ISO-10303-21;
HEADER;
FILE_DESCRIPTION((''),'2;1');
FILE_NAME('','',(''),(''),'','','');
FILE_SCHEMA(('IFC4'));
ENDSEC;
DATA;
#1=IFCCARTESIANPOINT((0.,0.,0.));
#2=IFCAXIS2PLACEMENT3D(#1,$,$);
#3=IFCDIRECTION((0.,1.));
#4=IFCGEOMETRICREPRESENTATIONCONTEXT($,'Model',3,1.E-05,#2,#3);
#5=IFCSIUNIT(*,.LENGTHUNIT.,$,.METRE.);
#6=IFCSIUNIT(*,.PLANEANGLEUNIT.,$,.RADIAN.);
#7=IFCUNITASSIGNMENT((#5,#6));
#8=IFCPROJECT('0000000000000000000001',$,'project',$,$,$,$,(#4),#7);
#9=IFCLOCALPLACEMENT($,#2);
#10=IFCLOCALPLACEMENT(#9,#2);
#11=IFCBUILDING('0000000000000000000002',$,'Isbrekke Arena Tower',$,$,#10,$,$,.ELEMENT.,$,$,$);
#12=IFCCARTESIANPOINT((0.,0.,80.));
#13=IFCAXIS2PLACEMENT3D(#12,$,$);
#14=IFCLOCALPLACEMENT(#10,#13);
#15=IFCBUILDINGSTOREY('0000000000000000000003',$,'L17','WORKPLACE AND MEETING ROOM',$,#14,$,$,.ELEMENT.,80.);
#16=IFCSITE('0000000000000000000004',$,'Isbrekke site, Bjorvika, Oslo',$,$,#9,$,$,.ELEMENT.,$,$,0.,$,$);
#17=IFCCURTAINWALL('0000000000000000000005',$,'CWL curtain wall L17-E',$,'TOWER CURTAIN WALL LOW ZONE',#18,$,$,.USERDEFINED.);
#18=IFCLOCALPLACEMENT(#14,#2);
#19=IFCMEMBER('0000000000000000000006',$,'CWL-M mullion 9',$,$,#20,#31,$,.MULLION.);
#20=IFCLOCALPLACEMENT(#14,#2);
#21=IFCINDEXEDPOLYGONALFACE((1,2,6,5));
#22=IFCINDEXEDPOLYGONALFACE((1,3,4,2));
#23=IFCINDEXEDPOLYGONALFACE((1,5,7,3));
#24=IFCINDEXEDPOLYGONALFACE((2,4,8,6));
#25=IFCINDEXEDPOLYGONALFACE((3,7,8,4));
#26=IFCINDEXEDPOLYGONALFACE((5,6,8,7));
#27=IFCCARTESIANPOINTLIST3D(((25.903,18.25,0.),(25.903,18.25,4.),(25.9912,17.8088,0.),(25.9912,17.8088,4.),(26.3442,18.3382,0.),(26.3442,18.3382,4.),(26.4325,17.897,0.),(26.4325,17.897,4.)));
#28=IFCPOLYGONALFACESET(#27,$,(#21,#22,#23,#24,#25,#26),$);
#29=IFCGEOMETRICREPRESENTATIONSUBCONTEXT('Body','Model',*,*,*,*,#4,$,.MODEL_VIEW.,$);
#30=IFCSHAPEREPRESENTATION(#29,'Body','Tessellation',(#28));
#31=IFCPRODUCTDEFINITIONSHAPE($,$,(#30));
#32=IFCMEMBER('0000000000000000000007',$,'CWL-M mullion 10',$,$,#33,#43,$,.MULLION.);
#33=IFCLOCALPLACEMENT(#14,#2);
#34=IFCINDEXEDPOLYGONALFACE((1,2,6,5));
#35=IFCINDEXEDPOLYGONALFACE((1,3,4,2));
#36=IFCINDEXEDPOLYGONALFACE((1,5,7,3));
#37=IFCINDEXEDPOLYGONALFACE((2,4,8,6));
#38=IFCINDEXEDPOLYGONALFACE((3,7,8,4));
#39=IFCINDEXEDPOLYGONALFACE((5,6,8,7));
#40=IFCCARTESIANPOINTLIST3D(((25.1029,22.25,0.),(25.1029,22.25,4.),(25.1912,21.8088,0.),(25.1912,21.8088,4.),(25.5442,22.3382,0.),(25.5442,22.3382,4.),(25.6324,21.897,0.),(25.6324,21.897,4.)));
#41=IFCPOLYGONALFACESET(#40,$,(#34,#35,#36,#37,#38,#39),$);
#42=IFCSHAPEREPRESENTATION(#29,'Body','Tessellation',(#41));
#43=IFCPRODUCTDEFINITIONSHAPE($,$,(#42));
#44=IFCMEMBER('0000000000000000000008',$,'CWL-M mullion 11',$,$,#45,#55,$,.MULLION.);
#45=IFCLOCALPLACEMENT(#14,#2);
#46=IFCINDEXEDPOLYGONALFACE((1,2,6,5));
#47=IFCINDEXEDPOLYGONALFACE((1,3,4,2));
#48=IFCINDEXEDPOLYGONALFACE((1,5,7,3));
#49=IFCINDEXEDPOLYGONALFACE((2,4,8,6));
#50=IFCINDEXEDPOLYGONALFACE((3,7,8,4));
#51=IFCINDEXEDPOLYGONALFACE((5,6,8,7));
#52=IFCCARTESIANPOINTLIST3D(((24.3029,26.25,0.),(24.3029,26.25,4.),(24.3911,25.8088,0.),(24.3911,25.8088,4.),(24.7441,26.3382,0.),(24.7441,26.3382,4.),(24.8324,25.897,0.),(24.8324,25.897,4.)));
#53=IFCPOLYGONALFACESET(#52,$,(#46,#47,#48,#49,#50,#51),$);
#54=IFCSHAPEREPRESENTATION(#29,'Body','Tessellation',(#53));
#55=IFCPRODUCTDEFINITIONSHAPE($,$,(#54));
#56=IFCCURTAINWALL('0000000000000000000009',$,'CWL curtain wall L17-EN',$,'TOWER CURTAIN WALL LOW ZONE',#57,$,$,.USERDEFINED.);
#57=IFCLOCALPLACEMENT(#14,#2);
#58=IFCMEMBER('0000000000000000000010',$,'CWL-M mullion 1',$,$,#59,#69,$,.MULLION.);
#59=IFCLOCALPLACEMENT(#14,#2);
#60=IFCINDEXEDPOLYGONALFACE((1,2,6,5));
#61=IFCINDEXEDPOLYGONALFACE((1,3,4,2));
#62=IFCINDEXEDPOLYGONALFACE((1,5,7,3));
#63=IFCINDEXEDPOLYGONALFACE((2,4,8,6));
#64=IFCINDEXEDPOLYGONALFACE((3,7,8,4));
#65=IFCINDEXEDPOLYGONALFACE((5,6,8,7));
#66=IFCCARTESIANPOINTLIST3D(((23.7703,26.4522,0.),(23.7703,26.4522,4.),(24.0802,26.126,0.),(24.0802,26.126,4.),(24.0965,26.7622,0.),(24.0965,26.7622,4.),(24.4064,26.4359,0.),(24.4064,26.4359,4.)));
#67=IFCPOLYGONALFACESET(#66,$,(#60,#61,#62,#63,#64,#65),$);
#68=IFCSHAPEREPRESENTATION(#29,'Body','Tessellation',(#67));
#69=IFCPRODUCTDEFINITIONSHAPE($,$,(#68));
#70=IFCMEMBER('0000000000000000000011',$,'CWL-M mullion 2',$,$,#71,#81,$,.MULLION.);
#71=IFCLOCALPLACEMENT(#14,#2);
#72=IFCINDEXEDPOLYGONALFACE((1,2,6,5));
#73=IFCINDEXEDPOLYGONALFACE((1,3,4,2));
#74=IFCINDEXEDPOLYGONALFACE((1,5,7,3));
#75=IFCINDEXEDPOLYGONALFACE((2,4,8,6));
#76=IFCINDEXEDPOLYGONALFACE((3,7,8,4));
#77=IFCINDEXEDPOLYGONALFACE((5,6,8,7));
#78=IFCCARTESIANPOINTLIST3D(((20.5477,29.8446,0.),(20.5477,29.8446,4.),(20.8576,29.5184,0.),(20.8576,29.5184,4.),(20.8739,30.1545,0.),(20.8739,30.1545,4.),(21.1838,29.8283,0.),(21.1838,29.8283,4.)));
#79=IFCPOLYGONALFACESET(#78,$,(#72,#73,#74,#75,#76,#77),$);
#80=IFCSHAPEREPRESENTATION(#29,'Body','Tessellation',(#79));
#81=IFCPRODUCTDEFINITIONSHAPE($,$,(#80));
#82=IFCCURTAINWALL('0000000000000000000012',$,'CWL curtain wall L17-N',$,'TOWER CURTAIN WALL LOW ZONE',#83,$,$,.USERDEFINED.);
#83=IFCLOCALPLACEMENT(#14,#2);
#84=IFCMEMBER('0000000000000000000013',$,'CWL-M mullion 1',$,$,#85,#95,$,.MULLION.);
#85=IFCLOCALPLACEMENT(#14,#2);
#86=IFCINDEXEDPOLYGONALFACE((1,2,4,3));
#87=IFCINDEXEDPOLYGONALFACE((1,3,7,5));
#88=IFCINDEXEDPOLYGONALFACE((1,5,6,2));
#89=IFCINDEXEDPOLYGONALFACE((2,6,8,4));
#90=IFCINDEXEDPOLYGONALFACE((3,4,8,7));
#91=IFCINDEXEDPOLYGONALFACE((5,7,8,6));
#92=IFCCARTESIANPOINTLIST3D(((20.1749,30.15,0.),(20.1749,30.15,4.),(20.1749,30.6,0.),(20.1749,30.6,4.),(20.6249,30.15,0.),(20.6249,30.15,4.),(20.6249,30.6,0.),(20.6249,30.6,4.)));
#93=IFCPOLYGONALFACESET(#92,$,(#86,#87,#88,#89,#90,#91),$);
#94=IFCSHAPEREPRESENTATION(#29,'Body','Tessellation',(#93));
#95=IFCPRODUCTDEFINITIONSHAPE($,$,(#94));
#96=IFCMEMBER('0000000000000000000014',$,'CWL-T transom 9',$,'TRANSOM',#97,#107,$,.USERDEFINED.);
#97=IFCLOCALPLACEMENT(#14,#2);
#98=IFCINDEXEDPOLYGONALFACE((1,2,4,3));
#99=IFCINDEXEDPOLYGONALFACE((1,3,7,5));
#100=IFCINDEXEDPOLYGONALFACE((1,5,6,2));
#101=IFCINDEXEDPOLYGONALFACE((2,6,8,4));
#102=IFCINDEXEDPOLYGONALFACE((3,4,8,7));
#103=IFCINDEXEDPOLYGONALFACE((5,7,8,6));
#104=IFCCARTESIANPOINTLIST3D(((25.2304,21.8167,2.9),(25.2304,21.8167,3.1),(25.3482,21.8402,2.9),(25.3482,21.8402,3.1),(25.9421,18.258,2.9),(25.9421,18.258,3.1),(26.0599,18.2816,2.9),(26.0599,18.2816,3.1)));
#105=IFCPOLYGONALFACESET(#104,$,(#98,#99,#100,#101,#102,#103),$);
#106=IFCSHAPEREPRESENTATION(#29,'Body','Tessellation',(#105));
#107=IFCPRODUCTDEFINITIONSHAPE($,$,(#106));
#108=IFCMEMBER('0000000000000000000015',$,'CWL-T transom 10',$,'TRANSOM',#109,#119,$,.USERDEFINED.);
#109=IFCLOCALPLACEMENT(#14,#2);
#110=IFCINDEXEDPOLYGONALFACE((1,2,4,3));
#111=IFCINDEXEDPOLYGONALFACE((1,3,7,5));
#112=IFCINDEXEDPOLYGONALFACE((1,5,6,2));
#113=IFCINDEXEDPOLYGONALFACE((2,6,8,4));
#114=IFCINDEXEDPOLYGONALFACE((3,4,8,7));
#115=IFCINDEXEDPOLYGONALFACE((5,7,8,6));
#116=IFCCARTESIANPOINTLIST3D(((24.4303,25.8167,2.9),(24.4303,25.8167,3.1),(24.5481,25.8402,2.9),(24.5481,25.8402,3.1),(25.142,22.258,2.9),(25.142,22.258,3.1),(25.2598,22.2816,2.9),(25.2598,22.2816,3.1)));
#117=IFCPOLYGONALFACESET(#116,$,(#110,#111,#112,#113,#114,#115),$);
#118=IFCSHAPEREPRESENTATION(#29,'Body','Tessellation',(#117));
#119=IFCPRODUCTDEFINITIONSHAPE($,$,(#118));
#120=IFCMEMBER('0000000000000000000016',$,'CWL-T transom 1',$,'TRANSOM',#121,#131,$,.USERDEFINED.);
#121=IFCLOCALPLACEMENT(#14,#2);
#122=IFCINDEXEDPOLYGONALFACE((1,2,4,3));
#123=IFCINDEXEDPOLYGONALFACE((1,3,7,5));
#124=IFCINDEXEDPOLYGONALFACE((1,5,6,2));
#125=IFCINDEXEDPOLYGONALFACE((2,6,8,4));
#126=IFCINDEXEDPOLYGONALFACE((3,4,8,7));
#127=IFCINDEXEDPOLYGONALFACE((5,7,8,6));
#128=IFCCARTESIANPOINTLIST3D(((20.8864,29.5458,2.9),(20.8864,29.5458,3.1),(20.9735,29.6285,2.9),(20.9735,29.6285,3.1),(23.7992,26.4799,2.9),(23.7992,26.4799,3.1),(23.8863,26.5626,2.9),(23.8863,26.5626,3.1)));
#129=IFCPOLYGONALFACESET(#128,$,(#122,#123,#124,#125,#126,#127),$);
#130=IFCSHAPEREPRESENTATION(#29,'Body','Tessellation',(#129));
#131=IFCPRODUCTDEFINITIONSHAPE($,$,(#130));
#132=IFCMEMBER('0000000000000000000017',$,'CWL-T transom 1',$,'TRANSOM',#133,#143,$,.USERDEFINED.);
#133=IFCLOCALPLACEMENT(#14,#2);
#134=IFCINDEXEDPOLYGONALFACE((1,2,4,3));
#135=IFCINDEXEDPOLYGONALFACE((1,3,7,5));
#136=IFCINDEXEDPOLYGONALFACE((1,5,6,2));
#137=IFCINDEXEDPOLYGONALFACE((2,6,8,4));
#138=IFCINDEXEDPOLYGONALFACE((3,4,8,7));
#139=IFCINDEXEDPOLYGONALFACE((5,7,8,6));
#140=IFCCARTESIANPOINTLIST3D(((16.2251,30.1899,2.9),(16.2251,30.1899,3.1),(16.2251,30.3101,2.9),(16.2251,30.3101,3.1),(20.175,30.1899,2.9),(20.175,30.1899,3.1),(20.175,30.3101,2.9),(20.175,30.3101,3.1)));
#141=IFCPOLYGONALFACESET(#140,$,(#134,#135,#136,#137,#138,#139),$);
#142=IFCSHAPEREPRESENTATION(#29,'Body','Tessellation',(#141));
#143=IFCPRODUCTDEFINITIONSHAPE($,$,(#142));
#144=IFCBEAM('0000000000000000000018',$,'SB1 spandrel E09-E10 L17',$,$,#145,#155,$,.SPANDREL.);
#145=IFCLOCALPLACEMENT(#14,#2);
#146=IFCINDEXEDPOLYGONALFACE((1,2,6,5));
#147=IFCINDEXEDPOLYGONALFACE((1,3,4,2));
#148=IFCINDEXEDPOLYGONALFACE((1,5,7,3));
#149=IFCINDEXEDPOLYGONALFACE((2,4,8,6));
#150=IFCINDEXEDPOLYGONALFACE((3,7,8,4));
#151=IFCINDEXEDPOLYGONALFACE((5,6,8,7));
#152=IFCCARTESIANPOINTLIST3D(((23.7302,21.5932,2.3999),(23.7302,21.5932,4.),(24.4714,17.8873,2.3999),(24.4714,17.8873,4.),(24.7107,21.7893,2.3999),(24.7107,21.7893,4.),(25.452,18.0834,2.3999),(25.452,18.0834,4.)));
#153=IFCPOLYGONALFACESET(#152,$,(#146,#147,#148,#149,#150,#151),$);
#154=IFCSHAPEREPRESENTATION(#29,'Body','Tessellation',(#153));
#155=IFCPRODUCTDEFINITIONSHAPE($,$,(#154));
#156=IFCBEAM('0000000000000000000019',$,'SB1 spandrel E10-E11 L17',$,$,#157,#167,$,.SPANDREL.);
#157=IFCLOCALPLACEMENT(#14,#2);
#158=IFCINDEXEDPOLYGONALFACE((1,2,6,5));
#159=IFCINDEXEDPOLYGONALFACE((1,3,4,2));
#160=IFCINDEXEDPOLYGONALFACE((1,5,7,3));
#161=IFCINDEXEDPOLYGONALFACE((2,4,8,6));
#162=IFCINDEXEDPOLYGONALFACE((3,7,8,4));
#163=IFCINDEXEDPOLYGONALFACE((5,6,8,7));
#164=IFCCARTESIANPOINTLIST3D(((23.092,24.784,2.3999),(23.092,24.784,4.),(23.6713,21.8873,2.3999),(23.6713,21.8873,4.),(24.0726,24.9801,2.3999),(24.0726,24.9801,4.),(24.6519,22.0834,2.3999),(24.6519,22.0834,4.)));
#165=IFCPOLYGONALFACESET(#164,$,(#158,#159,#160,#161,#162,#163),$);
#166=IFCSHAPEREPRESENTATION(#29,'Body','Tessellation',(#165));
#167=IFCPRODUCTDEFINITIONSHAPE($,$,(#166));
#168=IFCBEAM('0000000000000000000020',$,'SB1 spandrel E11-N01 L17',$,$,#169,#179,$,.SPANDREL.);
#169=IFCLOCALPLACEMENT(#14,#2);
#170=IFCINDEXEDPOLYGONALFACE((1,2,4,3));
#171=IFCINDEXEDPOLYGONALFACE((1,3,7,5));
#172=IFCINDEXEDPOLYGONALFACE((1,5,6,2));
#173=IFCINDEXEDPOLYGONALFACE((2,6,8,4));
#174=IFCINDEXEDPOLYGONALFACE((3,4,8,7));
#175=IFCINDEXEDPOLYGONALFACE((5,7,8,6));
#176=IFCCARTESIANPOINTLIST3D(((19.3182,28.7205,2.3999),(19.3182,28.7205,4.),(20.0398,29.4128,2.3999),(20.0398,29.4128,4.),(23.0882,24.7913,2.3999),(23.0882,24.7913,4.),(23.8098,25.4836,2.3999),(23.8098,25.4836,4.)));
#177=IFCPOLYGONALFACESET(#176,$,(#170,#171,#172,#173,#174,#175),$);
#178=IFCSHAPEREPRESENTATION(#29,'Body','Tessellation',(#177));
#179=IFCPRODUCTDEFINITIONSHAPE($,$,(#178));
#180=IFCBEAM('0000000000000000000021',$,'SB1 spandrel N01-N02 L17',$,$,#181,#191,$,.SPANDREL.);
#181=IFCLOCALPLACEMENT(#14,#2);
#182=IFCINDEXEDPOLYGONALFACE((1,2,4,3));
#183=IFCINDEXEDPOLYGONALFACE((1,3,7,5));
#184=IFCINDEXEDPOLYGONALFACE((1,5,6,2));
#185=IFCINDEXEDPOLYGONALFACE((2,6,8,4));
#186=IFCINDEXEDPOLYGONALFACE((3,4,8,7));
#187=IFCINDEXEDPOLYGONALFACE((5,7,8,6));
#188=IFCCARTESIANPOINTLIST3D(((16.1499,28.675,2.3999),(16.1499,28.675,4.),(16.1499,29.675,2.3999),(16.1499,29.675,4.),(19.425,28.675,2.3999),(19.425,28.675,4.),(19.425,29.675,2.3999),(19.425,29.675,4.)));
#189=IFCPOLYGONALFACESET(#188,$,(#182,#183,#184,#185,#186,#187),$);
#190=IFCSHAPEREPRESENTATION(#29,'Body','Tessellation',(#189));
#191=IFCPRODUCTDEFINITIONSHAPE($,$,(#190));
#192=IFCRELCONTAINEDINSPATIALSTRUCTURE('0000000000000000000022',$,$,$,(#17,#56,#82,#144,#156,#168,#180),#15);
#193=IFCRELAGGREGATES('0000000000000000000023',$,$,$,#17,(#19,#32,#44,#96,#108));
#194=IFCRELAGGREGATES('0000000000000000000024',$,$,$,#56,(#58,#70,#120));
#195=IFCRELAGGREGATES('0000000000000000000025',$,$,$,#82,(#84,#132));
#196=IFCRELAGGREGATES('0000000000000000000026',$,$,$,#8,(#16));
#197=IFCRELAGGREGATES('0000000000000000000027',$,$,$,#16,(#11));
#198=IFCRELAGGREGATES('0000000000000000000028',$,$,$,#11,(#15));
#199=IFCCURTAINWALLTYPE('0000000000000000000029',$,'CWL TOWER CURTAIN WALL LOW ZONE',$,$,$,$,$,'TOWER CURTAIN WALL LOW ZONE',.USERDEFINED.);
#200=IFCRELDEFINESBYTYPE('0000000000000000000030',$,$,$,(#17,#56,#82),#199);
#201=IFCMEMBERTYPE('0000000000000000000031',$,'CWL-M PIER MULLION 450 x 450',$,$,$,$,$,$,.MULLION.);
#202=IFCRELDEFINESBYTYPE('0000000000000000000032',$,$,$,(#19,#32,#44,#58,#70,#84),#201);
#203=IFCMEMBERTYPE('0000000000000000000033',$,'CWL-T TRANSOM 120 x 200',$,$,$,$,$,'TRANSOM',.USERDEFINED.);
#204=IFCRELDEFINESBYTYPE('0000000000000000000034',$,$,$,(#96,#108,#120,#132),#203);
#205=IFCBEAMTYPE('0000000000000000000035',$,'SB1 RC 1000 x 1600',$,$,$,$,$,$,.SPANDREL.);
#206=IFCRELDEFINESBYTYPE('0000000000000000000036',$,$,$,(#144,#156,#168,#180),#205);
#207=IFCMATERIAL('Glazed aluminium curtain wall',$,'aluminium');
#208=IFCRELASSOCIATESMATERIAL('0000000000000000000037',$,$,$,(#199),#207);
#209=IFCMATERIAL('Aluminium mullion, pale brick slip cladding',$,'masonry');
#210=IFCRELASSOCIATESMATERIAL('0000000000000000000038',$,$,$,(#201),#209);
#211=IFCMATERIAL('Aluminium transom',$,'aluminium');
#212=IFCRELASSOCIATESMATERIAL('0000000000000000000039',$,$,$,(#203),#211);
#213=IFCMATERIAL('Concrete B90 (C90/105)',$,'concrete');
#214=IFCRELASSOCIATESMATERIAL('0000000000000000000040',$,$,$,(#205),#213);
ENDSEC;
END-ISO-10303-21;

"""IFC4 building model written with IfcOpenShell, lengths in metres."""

from ifc_helpers import new_model, si_unit, direction, frame, origin, origin_2d, place, context, subcontext, project, spatial, rectangle, extrude, material, material_profile, profile_set, type_object, element, aggregate, save


model = new_model("IFC4")

# Units and contexts
model_context = context("Model", 3, precision=1e-05, world=origin(), true_north=direction((0.0, 1.0)))
body_context = subcontext(model_context, "Body", "Model", "MODEL_VIEW")
ifc_project = project(units=[si_unit("LENGTHUNIT", "METRE"), si_unit("PLANEANGLEUNIT", "RADIAN")], contexts=[model_context])

# Site, building, storey
site_placement = place(None, origin())
site = spatial("IfcSite", under=ifc_project, at=site_placement, Name="Isbrekke site, Bjorvika, Oslo", CompositionType="ELEMENT", RefElevation=0.0)
building_placement = place(site_placement, origin())
building = spatial("IfcBuilding", under=site, at=building_placement, Name="Isbrekke Arena Tower", CompositionType="ELEMENT")
storey_placement = place(building_placement, frame((0.0, 0.0, 80.0)))
storey = spatial("IfcBuildingStorey", under=building, at=storey_placement, Name="L17", Description="WORKPLACE AND MEETING ROOM", CompositionType="ELEMENT", Elevation=80.0)

# Curtain walls, members
ifc_material_1 = material(Name="Glazed aluminium curtain wall", Category="aluminium")
curtain_wall_type = type_object("IfcCurtainWallType", Name="CWL TOWER CURTAIN WALL LOW ZONE", ElementType="TOWER CURTAIN WALL LOW ZONE", PredefinedType="USERDEFINED", material=ifc_material_1)
curtain_wall_1_placement = place(storey_placement, origin())
curtain_wall_1 = element("IfcCurtainWall", 1, at=curtain_wall_1_placement, inside=storey, type_object=curtain_wall_type, Name="CWL curtain wall L17-E", ObjectType="TOWER CURTAIN WALL LOW ZONE", PredefinedType="USERDEFINED")
ifc_material_2 = material(Name="Aluminium mullion, pale brick slip cladding", Category="masonry")
ifc_material_profile_1 = material_profile(ifc_material_2, rectangle(XDim=0.45, YDim=0.45, at=origin_2d()), Name="PIER 450X450")
ifc_profile_set_1 = profile_set([ifc_material_profile_1], Name="Aluminium mullion, pale brick slip cladding")
member_type_1 = type_object("IfcMemberType", Name="CWL-M PIER MULLION 450 x 450", PredefinedType="MULLION", material=ifc_profile_set_1)
member_1_placement = place(storey_placement, frame((26.1677, 18.0735, 0.0), z_axis=(0.0, 0.0, 1.0), x_axis=(-0.196116, 0.980581, 0.0)))
member_1 = element("IfcMember", 2, at=member_1_placement, type_object=member_type_1, Name="CWL-M mullion 9", PredefinedType="MULLION", context=body_context, shape_type="SweptSolid", body=[
    extrude(rectangle(XDim=0.45, YDim=0.45, at=origin_2d()), origin(), (0.0, 0.0, 1.0), 4.0),
])
member_2_placement = place(storey_placement, frame((25.3677, 22.0735, 0.0), z_axis=(0.0, 0.0, 1.0), x_axis=(-0.196116, 0.980581, 0.0)))
member_2 = element("IfcMember", 3, at=member_2_placement, type_object=member_type_1, Name="CWL-M mullion 10", PredefinedType="MULLION", context=body_context, shape_type="SweptSolid", body=[
    extrude(rectangle(XDim=0.45, YDim=0.45, at=origin_2d()), origin(), (0.0, 0.0, 1.0), 4.0),
])
member_3_placement = place(storey_placement, frame((24.5676, 26.0735, 0.0), z_axis=(0.0, 0.0, 1.0), x_axis=(-0.196116, 0.980581, 0.0)))
member_3 = element("IfcMember", 4, at=member_3_placement, type_object=member_type_1, Name="CWL-M mullion 11", PredefinedType="MULLION", context=body_context, shape_type="SweptSolid", body=[
    extrude(rectangle(XDim=0.45, YDim=0.45, at=origin_2d()), origin(), (0.0, 0.0, 1.0), 4.0),
])
curtain_wall_2_placement = place(storey_placement, origin())
curtain_wall_2 = element("IfcCurtainWall", 5, at=curtain_wall_2_placement, inside=storey, type_object=curtain_wall_type, Name="CWL curtain wall L17-EN", ObjectType="TOWER CURTAIN WALL LOW ZONE", PredefinedType="USERDEFINED")
member_4_placement = place(storey_placement, frame((24.0884, 26.4441, 0.0), z_axis=(0.0, 0.0, 1.0), x_axis=(-0.688749, 0.724999, 0.0)))
member_4 = element("IfcMember", 6, at=member_4_placement, type_object=member_type_1, Name="CWL-M mullion 1", PredefinedType="MULLION", context=body_context, shape_type="SweptSolid", body=[
    extrude(rectangle(XDim=0.45, YDim=0.45, at=origin_2d()), origin(), (0.0, 0.0, 1.0), 4.0),
])
member_5_placement = place(storey_placement, frame((20.8657, 29.8364, 0.0), z_axis=(0.0, 0.0, 1.0), x_axis=(-0.688749, 0.724999, 0.0)))
member_5 = element("IfcMember", 7, at=member_5_placement, type_object=member_type_1, Name="CWL-M mullion 2", PredefinedType="MULLION", context=body_context, shape_type="SweptSolid", body=[
    extrude(rectangle(XDim=0.45, YDim=0.45, at=origin_2d()), origin(), (0.0, 0.0, 1.0), 4.0),
])

# Curtain wall, member
curtain_wall_3_placement = place(storey_placement, origin())
curtain_wall_3 = element("IfcCurtainWall", 8, at=curtain_wall_3_placement, inside=storey, type_object=curtain_wall_type, Name="CWL curtain wall L17-N", ObjectType="TOWER CURTAIN WALL LOW ZONE", PredefinedType="USERDEFINED")
member_6_placement = place(storey_placement, frame((20.3999, 30.375, 0.0), z_axis=(0.0, 0.0, 1.0), x_axis=(-1.0, 0.0, 0.0)))
member_6 = element("IfcMember", 9, at=member_6_placement, type_object=member_type_1, Name="CWL-M mullion 1", PredefinedType="MULLION", context=body_context, shape_type="SweptSolid", body=[
    extrude(rectangle(XDim=0.45, YDim=0.45, at=origin_2d()), origin(), (0.0, 0.0, 1.0), 4.0),
])

# Members
ifc_material_3 = material(Name="Aluminium transom", Category="aluminium")
ifc_material_profile_2 = material_profile(ifc_material_3, rectangle(XDim=0.1201, YDim=0.2, at=origin_2d()), Name="TRANSOM 120X200")
ifc_profile_set_2 = profile_set([ifc_material_profile_2], Name="Aluminium transom")
member_type_2 = type_object("IfcMemberType", Name="CWL-T TRANSOM 120 x 200", ElementType="TRANSOM", PredefinedType="USERDEFINED", material=ifc_profile_set_2)
member_7_placement = place(storey_placement, frame((26.001, 18.2698, 3.0), z_axis=(-0.196103, 0.980583, 0.0), x_axis=(-0.980583, -0.196103, 0.0)))
member_7 = element("IfcMember", 10, at=member_7_placement, type_object=member_type_2, Name="CWL-T transom 9", ObjectType="TRANSOM", PredefinedType="USERDEFINED", context=body_context, shape_type="SweptSolid", body=[
    extrude(rectangle(XDim=0.1201, YDim=0.2, at=origin_2d()), origin(), (0.0, 0.0, 1.0), 3.6292),
])
member_8_placement = place(storey_placement, frame((25.2009, 22.2698, 3.0), z_axis=(-0.196103, 0.980583, 0.0), x_axis=(-0.980583, -0.196103, 0.0)))
member_8 = element("IfcMember", 11, at=member_8_placement, type_object=member_type_2, Name="CWL-T transom 10", ObjectType="TRANSOM", PredefinedType="USERDEFINED", context=body_context, shape_type="SweptSolid", body=[
    extrude(rectangle(XDim=0.1201, YDim=0.2, at=origin_2d()), origin(), (0.0, 0.0, 1.0), 3.6292),
])
member_9_placement = place(storey_placement, frame((23.8428, 26.5212, 3.0), z_axis=(-0.688777, 0.724973, 0.0), x_axis=(-0.724973, -0.688777, 0.0)))
member_9 = element("IfcMember", 12, at=member_9_placement, type_object=member_type_2, Name="CWL-T transom 1", ObjectType="TRANSOM", PredefinedType="USERDEFINED", context=body_context, shape_type="SweptSolid", body=[
    extrude(rectangle(XDim=0.1201, YDim=0.2, at=origin_2d()), origin(), (0.0, 0.0, 1.0), 4.229),
])
member_10_placement = place(storey_placement, frame((20.175, 30.25, 3.0), z_axis=(-1.0, 0.0, 0.0), x_axis=(0.0, -1.0, 0.0)))
member_10 = element("IfcMember", 13, at=member_10_placement, type_object=member_type_2, Name="CWL-T transom 1", ObjectType="TRANSOM", PredefinedType="USERDEFINED", context=body_context, shape_type="SweptSolid", body=[
    extrude(rectangle(XDim=0.1201, YDim=0.2, at=origin_2d()), origin(), (0.0, 0.0, 1.0), 3.95),
])

# Beams
ifc_material_4 = material(Name="Concrete B90 (C90/105)", Category="concrete")
ifc_material_profile_3 = material_profile(ifc_material_4, rectangle(XDim=1.0, YDim=1.6001, at=origin_2d()), Name="RC 1000x1600")
ifc_profile_set_3 = profile_set([ifc_material_profile_3], Name="Concrete B90 (C90/105)")
beam_type_1 = type_object("IfcBeamType", Name="SB1 RC 1000 x 1600", PredefinedType="SPANDREL", material=ifc_profile_set_3)
beam_1_placement = place(storey_placement, frame((24.9617, 17.9854, 3.2), z_axis=(-0.196129, 0.980578, 0.0), x_axis=(-0.980578, -0.196129, 0.0)))
element("IfcBeam", 14, at=beam_1_placement, inside=storey, type_object=beam_type_1, Name="SB1 spandrel E09-E10 L17", PredefinedType="SPANDREL", context=body_context, shape_type="SweptSolid", body=[
    extrude(rectangle(XDim=1.0, YDim=1.6001, at=origin_2d()), origin(), (0.0, 0.0, 1.0), 3.7793),
])
beam_2_placement = place(storey_placement, frame((24.1616, 21.9854, 3.2), z_axis=(-0.196116, 0.980581, 0.0), x_axis=(-0.980581, -0.196116, 0.0)))
element("IfcBeam", 15, at=beam_2_placement, inside=storey, type_object=beam_type_1, Name="SB1 spandrel E10-E11 L17", PredefinedType="SPANDREL", context=body_context, shape_type="SweptSolid", body=[
    extrude(rectangle(XDim=1.0, YDim=1.6001, at=origin_2d()), origin(), (0.0, 0.0, 1.0), 2.9541),
])
beam_3_placement = place(storey_placement, frame((23.449, 25.1375, 3.2), z_axis=(-0.69234, 0.721572, 0.0), x_axis=(-0.721572, -0.69234, 0.0)))
element("IfcBeam", 16, at=beam_3_placement, inside=storey, type_object=beam_type_1, Name="SB1 spandrel E11-N01 L17", PredefinedType="SPANDREL", context=body_context, shape_type="SweptSolid", body=[
    extrude(rectangle(XDim=1.0, YDim=1.6001, at=origin_2d()), origin(), (0.0, 0.0, 1.0), 5.4453),
])
beam_4_placement = place(storey_placement, frame((19.425, 29.175, 3.2), z_axis=(-1.0, 0.0, 0.0), x_axis=(0.0, -1.0, 0.0)))
element("IfcBeam", 17, at=beam_4_placement, inside=storey, type_object=beam_type_1, Name="SB1 spandrel N01-N02 L17", PredefinedType="SPANDREL", context=body_context, shape_type="SweptSolid", body=[
    extrude(rectangle(XDim=1.0, YDim=1.6001, at=origin_2d()), origin(), (0.0, 0.0, 1.0), 3.2751),
])

aggregate(curtain_wall_1, [member_1, member_2, member_3, member_7, member_8])
aggregate(curtain_wall_2, [member_4, member_5, member_9])
aggregate(curtain_wall_3, [member_6, member_10])

save(model, "model.ifc")
